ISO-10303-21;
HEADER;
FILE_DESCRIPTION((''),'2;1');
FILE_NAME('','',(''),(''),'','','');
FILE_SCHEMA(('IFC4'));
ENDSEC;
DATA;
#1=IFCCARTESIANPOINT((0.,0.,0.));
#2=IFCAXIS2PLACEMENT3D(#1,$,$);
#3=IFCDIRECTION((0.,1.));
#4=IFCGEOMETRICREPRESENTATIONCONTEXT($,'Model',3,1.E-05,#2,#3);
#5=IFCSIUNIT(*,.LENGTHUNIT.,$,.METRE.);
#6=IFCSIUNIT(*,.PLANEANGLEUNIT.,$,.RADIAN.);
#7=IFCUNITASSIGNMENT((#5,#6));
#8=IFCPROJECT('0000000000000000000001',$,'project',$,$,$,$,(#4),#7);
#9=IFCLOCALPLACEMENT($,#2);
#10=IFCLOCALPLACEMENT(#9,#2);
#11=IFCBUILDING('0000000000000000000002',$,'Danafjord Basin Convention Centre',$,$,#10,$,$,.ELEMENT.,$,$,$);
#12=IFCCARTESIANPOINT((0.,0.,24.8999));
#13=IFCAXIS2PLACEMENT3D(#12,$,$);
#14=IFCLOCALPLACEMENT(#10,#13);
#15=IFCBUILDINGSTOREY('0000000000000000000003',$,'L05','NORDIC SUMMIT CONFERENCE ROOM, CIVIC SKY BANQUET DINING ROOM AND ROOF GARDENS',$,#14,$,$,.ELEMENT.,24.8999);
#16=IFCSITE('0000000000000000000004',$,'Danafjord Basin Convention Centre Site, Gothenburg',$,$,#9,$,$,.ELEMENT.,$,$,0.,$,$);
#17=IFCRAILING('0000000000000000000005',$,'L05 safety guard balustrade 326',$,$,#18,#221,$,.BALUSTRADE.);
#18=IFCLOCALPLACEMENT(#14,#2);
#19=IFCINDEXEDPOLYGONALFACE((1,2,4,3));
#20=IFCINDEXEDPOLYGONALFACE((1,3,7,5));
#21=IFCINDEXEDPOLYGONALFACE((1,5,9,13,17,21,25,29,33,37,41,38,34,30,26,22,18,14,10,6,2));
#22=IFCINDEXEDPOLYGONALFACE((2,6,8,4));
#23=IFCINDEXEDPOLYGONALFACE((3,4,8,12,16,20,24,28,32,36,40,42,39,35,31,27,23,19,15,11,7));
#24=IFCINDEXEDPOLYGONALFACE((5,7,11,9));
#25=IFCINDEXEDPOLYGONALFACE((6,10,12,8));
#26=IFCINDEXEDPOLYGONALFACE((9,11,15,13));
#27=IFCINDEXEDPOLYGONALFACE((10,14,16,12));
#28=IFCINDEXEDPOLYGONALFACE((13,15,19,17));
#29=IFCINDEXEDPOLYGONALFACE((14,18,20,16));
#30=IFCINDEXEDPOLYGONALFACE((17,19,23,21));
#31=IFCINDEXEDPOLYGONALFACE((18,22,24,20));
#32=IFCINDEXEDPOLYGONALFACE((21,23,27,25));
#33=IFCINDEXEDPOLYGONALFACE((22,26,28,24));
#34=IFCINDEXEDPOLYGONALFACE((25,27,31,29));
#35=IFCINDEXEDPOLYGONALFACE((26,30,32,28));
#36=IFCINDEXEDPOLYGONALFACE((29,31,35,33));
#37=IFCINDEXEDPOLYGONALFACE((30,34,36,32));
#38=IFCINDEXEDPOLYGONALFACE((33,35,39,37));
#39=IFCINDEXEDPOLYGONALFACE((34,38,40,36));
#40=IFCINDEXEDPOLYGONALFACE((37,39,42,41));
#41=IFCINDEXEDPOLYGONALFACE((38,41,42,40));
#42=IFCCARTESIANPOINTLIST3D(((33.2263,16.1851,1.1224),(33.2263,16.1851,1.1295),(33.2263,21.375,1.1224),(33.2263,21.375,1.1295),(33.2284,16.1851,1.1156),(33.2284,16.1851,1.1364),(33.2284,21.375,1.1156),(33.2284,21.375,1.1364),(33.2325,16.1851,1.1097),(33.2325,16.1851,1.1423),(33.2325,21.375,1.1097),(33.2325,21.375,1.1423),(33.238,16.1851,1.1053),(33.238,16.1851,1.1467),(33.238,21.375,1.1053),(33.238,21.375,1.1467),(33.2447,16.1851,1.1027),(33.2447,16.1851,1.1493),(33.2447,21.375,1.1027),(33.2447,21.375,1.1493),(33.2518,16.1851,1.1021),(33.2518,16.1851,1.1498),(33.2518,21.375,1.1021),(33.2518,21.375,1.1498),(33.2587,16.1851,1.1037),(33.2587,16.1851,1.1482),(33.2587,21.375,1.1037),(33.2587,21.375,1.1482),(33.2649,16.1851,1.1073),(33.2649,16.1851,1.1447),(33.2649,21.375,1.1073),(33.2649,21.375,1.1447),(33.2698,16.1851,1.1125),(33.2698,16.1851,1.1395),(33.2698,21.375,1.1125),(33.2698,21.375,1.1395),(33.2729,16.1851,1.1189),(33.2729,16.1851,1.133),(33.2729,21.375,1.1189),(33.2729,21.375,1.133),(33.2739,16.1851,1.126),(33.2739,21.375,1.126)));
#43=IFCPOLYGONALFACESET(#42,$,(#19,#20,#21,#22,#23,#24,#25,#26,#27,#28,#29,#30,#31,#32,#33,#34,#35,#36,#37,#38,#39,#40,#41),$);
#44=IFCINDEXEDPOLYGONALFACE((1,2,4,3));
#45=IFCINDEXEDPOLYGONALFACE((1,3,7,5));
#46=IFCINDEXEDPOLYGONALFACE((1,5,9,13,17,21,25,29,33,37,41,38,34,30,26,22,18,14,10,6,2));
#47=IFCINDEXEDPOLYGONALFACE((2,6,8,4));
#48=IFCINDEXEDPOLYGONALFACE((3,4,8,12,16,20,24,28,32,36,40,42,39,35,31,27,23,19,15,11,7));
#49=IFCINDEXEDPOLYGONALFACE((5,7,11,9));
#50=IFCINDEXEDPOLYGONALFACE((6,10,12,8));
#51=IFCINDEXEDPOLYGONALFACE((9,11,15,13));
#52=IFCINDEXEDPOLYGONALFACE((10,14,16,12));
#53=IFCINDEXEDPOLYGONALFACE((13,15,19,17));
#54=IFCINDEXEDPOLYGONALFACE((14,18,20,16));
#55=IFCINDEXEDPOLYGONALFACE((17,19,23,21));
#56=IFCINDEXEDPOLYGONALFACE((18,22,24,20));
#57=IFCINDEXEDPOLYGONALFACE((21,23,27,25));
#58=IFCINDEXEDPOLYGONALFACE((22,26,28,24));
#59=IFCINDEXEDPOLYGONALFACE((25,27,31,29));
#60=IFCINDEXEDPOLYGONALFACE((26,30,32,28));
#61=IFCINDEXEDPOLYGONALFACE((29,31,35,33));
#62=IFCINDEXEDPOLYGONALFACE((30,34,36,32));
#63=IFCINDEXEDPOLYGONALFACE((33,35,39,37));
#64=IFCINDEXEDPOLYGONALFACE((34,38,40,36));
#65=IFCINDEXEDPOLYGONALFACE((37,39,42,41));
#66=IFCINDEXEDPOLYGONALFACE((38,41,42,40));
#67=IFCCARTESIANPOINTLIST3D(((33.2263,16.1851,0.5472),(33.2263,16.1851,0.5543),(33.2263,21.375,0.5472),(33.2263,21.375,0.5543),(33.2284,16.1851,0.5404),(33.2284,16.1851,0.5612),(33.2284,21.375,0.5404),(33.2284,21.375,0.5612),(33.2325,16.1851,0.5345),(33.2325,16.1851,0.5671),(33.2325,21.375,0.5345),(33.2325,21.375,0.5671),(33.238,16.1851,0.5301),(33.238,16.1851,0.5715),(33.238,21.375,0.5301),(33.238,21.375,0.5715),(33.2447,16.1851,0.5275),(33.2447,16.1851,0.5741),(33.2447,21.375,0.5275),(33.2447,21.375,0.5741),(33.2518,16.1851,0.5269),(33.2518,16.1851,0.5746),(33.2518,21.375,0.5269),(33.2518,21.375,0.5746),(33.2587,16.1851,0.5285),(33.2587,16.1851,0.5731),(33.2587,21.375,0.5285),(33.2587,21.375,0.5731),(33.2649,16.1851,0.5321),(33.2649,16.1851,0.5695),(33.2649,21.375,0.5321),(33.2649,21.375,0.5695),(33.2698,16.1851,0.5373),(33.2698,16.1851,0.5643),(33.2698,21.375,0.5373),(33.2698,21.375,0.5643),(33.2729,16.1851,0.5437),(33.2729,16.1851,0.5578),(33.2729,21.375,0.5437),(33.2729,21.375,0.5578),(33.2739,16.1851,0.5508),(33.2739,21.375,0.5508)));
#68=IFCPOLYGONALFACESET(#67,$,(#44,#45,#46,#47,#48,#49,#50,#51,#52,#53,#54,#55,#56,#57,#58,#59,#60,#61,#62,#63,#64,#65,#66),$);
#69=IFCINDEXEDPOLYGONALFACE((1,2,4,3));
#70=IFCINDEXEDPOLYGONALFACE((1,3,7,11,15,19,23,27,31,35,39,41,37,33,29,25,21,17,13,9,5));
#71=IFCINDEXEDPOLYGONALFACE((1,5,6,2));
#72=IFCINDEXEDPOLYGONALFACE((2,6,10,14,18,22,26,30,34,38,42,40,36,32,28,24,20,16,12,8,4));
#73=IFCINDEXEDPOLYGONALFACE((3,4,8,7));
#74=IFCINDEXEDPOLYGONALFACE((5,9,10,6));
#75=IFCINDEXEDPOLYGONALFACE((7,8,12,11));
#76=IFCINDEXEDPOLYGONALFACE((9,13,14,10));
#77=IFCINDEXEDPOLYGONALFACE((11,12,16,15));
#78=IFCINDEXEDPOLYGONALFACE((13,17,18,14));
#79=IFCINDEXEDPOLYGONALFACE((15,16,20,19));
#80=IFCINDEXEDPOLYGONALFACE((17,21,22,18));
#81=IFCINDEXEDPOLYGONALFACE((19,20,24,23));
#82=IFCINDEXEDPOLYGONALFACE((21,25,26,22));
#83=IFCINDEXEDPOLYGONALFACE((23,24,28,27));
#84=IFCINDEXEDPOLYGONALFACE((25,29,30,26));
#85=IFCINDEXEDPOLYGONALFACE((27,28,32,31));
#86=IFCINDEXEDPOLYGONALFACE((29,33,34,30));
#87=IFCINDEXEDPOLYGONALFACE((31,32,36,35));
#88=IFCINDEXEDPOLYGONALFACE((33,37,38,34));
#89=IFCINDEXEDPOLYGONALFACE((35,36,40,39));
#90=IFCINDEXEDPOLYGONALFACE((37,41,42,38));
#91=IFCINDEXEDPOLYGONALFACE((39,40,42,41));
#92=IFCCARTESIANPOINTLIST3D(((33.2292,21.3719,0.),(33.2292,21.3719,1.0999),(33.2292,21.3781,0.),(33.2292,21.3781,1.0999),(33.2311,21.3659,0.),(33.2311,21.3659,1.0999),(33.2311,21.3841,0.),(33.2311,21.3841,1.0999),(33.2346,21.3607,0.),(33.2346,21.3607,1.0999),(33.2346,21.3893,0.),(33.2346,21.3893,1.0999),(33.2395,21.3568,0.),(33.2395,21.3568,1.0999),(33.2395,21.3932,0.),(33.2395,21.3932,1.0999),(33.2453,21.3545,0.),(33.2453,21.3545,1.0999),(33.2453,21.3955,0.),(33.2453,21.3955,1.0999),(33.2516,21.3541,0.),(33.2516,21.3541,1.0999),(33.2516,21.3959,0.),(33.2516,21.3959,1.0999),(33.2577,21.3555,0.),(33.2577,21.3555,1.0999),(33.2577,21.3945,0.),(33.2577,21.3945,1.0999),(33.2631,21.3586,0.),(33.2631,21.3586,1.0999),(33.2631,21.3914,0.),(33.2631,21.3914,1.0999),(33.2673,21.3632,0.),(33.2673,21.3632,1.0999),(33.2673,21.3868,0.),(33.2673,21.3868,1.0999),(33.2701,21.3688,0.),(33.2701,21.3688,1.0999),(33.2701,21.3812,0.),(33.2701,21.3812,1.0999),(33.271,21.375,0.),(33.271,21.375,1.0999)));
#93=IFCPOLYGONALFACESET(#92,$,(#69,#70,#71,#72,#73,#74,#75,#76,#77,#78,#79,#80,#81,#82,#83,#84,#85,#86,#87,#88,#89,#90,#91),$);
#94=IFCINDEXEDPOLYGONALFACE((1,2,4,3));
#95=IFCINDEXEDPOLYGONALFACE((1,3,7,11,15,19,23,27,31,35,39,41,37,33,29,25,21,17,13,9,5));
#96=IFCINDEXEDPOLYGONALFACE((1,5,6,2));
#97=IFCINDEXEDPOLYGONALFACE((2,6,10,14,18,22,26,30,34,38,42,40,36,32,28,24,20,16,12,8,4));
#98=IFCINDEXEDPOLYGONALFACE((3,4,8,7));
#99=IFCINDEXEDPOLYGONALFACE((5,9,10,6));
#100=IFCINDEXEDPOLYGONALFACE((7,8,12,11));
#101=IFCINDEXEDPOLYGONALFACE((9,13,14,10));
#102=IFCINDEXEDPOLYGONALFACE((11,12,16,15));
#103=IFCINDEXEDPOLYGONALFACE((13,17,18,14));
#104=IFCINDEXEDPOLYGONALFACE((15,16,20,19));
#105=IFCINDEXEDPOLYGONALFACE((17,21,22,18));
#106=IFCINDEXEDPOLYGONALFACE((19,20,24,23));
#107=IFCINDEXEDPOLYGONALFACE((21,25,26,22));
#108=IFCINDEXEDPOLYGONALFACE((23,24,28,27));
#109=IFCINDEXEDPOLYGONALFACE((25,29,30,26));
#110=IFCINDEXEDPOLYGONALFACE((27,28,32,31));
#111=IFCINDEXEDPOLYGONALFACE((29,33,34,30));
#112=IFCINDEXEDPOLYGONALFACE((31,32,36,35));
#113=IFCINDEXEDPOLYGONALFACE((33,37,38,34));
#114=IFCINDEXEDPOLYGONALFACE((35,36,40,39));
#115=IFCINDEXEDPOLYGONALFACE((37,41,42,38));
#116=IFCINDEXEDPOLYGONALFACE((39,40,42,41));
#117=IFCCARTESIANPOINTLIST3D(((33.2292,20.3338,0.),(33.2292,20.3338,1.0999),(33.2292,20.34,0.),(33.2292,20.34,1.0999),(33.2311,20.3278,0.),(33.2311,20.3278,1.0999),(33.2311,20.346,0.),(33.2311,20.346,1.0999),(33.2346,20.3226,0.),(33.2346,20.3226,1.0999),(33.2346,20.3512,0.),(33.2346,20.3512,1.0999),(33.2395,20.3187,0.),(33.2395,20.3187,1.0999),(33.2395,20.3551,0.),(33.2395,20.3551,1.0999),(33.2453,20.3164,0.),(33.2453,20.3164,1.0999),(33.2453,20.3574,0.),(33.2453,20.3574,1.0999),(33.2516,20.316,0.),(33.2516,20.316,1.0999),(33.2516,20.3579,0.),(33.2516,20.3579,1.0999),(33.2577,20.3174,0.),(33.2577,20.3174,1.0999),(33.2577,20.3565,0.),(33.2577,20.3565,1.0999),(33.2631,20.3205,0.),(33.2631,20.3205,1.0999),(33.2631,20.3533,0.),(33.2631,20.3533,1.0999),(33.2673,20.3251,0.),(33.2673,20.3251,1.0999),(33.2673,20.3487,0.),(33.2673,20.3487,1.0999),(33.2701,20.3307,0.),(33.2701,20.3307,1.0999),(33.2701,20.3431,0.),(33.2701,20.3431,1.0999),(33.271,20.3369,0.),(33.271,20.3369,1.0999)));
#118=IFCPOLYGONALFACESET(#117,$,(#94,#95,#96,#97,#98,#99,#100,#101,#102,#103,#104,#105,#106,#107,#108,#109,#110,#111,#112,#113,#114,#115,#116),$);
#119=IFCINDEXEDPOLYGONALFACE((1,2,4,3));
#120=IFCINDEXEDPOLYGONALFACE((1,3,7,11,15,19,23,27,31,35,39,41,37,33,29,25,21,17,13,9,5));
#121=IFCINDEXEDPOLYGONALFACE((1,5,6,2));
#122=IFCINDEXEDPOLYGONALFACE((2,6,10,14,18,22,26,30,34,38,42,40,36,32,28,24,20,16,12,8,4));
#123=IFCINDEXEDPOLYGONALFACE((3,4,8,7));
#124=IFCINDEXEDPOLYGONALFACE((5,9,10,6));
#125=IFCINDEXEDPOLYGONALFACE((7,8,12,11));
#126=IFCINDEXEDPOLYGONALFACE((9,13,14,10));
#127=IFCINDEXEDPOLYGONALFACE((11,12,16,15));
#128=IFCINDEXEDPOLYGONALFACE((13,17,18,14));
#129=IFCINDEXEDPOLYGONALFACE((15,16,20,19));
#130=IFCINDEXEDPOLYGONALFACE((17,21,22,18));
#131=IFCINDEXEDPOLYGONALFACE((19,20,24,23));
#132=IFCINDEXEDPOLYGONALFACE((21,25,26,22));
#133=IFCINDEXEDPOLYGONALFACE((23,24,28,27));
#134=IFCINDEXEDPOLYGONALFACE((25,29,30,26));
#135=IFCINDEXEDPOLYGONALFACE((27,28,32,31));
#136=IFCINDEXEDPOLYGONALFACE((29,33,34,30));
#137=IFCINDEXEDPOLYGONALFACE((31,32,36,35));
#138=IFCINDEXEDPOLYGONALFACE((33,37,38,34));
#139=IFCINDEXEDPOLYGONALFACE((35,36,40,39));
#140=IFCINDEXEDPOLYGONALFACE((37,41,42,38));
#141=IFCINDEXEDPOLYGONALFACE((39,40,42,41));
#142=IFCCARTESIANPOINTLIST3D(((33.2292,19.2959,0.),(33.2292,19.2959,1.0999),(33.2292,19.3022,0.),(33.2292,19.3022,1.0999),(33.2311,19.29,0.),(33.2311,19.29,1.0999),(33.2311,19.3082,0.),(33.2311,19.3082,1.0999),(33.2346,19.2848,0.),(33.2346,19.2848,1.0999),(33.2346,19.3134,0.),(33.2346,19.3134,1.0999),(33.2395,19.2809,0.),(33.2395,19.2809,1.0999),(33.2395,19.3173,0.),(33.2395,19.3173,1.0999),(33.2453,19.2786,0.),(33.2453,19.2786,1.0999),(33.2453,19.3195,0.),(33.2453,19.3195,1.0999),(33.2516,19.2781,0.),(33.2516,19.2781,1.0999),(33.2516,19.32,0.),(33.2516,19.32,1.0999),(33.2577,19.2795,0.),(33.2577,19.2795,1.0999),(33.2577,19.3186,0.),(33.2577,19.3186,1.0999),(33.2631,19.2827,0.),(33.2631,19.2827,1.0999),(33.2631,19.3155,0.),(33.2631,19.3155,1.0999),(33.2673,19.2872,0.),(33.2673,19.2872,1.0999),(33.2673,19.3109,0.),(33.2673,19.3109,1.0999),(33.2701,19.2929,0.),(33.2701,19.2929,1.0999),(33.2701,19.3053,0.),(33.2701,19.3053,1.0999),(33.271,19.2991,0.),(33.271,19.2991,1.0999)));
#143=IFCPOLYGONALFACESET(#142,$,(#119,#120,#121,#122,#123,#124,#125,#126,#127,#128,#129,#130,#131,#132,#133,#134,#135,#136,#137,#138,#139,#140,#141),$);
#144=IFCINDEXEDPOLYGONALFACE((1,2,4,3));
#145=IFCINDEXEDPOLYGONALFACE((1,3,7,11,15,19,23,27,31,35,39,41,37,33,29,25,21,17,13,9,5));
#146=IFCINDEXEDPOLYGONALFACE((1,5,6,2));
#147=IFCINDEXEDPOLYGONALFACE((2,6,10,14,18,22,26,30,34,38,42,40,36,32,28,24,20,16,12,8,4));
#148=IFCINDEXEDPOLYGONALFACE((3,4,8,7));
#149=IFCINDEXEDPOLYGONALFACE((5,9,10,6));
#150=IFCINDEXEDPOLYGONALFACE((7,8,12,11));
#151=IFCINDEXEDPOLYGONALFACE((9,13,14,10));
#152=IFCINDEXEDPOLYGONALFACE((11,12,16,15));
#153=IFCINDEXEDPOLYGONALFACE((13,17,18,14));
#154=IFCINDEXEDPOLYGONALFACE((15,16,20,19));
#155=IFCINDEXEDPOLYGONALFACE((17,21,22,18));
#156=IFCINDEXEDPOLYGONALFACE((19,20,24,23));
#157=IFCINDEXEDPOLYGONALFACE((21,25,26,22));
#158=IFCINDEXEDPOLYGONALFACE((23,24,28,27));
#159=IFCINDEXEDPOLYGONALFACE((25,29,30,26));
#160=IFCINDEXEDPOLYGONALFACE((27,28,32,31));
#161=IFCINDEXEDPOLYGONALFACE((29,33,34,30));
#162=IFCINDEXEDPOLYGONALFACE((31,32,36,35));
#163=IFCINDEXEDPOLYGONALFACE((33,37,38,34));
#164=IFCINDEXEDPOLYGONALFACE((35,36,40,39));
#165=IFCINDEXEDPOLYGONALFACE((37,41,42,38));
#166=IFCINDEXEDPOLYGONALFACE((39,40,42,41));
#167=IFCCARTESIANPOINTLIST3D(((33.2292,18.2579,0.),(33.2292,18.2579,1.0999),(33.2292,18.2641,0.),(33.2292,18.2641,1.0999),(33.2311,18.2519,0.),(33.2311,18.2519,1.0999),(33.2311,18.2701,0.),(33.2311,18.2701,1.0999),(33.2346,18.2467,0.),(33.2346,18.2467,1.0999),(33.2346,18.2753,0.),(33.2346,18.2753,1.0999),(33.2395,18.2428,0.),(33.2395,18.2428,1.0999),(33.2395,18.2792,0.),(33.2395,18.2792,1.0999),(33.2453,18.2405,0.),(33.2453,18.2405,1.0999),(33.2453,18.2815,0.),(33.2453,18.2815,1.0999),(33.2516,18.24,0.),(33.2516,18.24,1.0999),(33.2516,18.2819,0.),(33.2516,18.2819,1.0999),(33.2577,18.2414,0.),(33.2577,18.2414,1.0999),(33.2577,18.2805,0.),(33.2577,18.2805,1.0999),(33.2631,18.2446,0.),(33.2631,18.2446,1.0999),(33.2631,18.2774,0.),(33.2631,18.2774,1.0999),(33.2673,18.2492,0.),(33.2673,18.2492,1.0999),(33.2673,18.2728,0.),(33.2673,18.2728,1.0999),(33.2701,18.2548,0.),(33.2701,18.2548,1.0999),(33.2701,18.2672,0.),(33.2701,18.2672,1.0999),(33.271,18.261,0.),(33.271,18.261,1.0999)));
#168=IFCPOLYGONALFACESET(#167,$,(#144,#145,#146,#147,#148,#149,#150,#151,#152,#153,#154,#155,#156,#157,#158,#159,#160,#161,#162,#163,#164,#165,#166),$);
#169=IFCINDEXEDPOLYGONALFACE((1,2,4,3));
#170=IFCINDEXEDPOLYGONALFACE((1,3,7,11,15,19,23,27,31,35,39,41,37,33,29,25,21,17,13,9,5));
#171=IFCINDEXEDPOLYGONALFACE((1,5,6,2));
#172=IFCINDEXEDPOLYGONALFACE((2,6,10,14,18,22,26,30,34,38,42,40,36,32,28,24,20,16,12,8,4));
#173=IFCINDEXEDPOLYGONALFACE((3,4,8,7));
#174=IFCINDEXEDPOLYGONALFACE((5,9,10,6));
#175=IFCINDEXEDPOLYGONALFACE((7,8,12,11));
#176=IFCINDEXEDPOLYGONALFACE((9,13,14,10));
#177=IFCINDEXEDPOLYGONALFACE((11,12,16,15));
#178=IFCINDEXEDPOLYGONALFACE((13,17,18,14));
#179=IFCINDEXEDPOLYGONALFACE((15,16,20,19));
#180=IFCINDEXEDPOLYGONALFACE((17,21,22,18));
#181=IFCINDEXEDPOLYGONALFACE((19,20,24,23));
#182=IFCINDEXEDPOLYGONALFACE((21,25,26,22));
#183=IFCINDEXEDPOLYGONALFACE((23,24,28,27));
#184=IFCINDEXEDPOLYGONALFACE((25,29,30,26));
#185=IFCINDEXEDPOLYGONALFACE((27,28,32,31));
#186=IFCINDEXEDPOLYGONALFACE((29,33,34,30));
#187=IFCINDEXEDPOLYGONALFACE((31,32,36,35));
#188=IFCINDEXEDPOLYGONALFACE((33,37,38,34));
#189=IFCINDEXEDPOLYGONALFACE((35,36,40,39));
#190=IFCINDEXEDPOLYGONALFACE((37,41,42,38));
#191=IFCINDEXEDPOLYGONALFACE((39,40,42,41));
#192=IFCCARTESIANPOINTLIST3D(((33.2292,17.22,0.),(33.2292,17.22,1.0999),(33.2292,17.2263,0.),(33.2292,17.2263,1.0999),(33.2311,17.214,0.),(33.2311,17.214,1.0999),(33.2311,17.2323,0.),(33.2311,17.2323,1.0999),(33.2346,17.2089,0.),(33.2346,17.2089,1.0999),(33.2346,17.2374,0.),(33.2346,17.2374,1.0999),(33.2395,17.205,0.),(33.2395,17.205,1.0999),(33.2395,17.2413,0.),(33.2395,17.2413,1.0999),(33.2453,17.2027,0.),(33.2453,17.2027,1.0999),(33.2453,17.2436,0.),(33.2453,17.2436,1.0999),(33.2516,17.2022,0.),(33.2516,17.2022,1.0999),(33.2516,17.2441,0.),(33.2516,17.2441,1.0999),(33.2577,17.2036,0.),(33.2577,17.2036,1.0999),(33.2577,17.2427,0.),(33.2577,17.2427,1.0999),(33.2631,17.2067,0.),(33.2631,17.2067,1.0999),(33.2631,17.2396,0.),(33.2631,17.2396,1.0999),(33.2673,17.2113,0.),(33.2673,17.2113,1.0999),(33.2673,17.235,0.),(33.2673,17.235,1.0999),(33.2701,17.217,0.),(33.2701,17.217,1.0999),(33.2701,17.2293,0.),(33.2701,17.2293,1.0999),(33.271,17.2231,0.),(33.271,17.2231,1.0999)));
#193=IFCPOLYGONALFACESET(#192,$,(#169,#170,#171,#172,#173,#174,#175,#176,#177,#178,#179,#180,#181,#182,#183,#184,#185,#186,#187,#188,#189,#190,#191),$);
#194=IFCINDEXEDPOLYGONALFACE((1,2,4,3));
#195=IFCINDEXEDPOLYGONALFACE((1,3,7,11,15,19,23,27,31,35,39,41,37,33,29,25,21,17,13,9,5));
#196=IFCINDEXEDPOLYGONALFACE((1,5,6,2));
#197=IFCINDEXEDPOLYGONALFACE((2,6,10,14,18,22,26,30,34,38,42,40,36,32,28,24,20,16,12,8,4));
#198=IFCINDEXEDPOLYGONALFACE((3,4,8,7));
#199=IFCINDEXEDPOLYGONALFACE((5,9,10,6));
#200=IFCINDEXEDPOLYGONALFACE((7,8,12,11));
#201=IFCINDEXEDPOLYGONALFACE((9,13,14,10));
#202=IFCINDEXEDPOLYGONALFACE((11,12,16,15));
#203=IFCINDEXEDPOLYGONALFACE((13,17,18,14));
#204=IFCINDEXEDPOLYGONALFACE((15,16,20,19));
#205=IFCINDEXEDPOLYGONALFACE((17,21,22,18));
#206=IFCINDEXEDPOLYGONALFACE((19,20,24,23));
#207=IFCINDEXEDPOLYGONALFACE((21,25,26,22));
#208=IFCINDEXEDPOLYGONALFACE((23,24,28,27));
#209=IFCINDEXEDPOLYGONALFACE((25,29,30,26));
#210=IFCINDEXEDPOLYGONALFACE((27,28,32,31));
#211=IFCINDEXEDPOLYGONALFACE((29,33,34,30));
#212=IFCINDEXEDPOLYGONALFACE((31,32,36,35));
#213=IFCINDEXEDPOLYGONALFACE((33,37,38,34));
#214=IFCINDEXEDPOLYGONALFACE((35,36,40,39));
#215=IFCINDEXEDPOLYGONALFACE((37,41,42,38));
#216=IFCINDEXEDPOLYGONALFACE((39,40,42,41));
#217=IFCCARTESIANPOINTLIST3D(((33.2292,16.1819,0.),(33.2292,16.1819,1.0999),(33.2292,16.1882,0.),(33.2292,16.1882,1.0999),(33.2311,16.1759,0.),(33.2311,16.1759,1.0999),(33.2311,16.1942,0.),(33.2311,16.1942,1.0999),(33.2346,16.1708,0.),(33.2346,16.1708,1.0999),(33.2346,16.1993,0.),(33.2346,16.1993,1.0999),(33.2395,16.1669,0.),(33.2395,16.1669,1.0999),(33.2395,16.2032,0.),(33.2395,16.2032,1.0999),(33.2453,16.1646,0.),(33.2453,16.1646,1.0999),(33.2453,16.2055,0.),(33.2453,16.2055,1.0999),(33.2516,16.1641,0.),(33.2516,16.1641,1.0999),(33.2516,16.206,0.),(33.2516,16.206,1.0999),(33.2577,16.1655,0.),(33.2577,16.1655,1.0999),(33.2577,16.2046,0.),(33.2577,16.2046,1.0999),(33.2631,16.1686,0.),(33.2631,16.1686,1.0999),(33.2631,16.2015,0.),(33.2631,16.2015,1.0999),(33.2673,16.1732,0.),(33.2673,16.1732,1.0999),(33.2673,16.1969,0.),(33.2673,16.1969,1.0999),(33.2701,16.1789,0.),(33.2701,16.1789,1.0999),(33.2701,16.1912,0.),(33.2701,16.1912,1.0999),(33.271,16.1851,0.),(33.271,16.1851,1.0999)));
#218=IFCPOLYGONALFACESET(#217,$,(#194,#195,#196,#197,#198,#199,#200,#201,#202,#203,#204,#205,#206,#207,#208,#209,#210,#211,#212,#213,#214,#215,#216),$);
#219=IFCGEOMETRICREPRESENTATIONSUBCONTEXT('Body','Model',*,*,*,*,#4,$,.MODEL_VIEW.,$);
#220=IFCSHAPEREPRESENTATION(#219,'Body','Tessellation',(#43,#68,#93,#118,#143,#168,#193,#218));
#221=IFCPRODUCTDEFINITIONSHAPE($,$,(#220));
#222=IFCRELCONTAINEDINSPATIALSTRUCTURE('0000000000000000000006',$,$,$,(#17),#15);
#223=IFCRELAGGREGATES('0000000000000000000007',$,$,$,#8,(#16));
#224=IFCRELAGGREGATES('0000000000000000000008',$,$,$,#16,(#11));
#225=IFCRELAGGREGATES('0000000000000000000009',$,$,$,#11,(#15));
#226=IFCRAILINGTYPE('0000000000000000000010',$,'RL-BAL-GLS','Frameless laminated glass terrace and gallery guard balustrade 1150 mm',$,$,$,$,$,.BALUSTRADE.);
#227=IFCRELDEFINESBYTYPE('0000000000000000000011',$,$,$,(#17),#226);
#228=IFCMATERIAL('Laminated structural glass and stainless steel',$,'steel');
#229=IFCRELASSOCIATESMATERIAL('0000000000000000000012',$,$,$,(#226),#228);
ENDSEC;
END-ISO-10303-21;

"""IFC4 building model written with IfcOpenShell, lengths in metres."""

from ifc_helpers import new_model, si_unit, direction, frame, origin, origin_2d, place, context, subcontext, project, spatial, circle, extrude, material, type_object, element, save


model = new_model("IFC4")

# Units and contexts
model_context = context("Model", 3, precision=1e-05, world=origin(), true_north=direction((0.0, 1.0)))
body_context = subcontext(model_context, "Body", "Model", "MODEL_VIEW")
ifc_project = project(units=[si_unit("LENGTHUNIT", "METRE"), si_unit("PLANEANGLEUNIT", "RADIAN")], contexts=[model_context])

# Site, building, storey
site_placement = place(None, origin())
site = spatial("IfcSite", under=ifc_project, at=site_placement, Name="Danafjord Basin Convention Centre Site, Gothenburg", CompositionType="ELEMENT", RefElevation=0.0)
building_placement = place(site_placement, origin())
building = spatial("IfcBuilding", under=site, at=building_placement, Name="Danafjord Basin Convention Centre", CompositionType="ELEMENT")
storey_placement = place(building_placement, frame((0.0, 0.0, 24.8999)))
storey = spatial("IfcBuildingStorey", under=building, at=storey_placement, Name="L05", Description="NORDIC SUMMIT CONFERENCE ROOM, CIVIC SKY BANQUET DINING ROOM AND ROOF GARDENS", CompositionType="ELEMENT", Elevation=24.8999)

# Railing
ifc_material_1 = material(Name="Laminated structural glass and stainless steel", Category="steel")
railing_type_1 = type_object("IfcRailingType", Name="RL-BAL-GLS", Description="Frameless laminated glass terrace and gallery guard balustrade 1150 mm", PredefinedType="BALUSTRADE", material=ifc_material_1)
railing_1_placement = place(storey_placement, frame((33.25, 21.375, 0.0)))
element("IfcRailing", 1, at=railing_1_placement, inside=storey, type_object=railing_type_1, Name="L05 safety guard balustrade 326", PredefinedType="BALUSTRADE", context=body_context, shape_type="SweptSolid", body=[
    extrude(circle(Radius=0.0239, at=origin_2d()), frame((0.0, 0.0, 1.126), z_axis=(0.0, -1.0, 0.0), x_axis=(1.0, 0.0, 0.0)), (0.0, 0.0, 1.0), 5.1899),
    extrude(circle(Radius=0.0239, at=origin_2d()), frame((0.0, 0.0, 0.5508), z_axis=(0.0, -1.0, 0.0), x_axis=(1.0, 0.0, 0.0)), (0.0, 0.0, 1.0), 5.1899),
    extrude(circle(Radius=0.021, at=origin_2d()), origin(), (0.0, 0.0, 1.0), 1.0999),
    extrude(circle(Radius=0.021, at=origin_2d()), frame((0.0, -1.0381, 0.0)), (0.0, 0.0, 1.0), 1.0999),
    extrude(circle(Radius=0.021, at=origin_2d()), frame((0.0, -2.0759, 0.0)), (0.0, 0.0, 1.0), 1.0999),
    extrude(circle(Radius=0.021, at=origin_2d()), frame((0.0, -3.114, 0.0)), (0.0, 0.0, 1.0), 1.0999),
    extrude(circle(Radius=0.021, at=origin_2d()), frame((0.0, -4.1519, 0.0)), (0.0, 0.0, 1.0), 1.0999),
    extrude(circle(Radius=0.021, at=origin_2d()), frame((0.0, -5.1899, 0.0)), (0.0, 0.0, 1.0), 1.0999),
])

save(model, "model.ifc")
